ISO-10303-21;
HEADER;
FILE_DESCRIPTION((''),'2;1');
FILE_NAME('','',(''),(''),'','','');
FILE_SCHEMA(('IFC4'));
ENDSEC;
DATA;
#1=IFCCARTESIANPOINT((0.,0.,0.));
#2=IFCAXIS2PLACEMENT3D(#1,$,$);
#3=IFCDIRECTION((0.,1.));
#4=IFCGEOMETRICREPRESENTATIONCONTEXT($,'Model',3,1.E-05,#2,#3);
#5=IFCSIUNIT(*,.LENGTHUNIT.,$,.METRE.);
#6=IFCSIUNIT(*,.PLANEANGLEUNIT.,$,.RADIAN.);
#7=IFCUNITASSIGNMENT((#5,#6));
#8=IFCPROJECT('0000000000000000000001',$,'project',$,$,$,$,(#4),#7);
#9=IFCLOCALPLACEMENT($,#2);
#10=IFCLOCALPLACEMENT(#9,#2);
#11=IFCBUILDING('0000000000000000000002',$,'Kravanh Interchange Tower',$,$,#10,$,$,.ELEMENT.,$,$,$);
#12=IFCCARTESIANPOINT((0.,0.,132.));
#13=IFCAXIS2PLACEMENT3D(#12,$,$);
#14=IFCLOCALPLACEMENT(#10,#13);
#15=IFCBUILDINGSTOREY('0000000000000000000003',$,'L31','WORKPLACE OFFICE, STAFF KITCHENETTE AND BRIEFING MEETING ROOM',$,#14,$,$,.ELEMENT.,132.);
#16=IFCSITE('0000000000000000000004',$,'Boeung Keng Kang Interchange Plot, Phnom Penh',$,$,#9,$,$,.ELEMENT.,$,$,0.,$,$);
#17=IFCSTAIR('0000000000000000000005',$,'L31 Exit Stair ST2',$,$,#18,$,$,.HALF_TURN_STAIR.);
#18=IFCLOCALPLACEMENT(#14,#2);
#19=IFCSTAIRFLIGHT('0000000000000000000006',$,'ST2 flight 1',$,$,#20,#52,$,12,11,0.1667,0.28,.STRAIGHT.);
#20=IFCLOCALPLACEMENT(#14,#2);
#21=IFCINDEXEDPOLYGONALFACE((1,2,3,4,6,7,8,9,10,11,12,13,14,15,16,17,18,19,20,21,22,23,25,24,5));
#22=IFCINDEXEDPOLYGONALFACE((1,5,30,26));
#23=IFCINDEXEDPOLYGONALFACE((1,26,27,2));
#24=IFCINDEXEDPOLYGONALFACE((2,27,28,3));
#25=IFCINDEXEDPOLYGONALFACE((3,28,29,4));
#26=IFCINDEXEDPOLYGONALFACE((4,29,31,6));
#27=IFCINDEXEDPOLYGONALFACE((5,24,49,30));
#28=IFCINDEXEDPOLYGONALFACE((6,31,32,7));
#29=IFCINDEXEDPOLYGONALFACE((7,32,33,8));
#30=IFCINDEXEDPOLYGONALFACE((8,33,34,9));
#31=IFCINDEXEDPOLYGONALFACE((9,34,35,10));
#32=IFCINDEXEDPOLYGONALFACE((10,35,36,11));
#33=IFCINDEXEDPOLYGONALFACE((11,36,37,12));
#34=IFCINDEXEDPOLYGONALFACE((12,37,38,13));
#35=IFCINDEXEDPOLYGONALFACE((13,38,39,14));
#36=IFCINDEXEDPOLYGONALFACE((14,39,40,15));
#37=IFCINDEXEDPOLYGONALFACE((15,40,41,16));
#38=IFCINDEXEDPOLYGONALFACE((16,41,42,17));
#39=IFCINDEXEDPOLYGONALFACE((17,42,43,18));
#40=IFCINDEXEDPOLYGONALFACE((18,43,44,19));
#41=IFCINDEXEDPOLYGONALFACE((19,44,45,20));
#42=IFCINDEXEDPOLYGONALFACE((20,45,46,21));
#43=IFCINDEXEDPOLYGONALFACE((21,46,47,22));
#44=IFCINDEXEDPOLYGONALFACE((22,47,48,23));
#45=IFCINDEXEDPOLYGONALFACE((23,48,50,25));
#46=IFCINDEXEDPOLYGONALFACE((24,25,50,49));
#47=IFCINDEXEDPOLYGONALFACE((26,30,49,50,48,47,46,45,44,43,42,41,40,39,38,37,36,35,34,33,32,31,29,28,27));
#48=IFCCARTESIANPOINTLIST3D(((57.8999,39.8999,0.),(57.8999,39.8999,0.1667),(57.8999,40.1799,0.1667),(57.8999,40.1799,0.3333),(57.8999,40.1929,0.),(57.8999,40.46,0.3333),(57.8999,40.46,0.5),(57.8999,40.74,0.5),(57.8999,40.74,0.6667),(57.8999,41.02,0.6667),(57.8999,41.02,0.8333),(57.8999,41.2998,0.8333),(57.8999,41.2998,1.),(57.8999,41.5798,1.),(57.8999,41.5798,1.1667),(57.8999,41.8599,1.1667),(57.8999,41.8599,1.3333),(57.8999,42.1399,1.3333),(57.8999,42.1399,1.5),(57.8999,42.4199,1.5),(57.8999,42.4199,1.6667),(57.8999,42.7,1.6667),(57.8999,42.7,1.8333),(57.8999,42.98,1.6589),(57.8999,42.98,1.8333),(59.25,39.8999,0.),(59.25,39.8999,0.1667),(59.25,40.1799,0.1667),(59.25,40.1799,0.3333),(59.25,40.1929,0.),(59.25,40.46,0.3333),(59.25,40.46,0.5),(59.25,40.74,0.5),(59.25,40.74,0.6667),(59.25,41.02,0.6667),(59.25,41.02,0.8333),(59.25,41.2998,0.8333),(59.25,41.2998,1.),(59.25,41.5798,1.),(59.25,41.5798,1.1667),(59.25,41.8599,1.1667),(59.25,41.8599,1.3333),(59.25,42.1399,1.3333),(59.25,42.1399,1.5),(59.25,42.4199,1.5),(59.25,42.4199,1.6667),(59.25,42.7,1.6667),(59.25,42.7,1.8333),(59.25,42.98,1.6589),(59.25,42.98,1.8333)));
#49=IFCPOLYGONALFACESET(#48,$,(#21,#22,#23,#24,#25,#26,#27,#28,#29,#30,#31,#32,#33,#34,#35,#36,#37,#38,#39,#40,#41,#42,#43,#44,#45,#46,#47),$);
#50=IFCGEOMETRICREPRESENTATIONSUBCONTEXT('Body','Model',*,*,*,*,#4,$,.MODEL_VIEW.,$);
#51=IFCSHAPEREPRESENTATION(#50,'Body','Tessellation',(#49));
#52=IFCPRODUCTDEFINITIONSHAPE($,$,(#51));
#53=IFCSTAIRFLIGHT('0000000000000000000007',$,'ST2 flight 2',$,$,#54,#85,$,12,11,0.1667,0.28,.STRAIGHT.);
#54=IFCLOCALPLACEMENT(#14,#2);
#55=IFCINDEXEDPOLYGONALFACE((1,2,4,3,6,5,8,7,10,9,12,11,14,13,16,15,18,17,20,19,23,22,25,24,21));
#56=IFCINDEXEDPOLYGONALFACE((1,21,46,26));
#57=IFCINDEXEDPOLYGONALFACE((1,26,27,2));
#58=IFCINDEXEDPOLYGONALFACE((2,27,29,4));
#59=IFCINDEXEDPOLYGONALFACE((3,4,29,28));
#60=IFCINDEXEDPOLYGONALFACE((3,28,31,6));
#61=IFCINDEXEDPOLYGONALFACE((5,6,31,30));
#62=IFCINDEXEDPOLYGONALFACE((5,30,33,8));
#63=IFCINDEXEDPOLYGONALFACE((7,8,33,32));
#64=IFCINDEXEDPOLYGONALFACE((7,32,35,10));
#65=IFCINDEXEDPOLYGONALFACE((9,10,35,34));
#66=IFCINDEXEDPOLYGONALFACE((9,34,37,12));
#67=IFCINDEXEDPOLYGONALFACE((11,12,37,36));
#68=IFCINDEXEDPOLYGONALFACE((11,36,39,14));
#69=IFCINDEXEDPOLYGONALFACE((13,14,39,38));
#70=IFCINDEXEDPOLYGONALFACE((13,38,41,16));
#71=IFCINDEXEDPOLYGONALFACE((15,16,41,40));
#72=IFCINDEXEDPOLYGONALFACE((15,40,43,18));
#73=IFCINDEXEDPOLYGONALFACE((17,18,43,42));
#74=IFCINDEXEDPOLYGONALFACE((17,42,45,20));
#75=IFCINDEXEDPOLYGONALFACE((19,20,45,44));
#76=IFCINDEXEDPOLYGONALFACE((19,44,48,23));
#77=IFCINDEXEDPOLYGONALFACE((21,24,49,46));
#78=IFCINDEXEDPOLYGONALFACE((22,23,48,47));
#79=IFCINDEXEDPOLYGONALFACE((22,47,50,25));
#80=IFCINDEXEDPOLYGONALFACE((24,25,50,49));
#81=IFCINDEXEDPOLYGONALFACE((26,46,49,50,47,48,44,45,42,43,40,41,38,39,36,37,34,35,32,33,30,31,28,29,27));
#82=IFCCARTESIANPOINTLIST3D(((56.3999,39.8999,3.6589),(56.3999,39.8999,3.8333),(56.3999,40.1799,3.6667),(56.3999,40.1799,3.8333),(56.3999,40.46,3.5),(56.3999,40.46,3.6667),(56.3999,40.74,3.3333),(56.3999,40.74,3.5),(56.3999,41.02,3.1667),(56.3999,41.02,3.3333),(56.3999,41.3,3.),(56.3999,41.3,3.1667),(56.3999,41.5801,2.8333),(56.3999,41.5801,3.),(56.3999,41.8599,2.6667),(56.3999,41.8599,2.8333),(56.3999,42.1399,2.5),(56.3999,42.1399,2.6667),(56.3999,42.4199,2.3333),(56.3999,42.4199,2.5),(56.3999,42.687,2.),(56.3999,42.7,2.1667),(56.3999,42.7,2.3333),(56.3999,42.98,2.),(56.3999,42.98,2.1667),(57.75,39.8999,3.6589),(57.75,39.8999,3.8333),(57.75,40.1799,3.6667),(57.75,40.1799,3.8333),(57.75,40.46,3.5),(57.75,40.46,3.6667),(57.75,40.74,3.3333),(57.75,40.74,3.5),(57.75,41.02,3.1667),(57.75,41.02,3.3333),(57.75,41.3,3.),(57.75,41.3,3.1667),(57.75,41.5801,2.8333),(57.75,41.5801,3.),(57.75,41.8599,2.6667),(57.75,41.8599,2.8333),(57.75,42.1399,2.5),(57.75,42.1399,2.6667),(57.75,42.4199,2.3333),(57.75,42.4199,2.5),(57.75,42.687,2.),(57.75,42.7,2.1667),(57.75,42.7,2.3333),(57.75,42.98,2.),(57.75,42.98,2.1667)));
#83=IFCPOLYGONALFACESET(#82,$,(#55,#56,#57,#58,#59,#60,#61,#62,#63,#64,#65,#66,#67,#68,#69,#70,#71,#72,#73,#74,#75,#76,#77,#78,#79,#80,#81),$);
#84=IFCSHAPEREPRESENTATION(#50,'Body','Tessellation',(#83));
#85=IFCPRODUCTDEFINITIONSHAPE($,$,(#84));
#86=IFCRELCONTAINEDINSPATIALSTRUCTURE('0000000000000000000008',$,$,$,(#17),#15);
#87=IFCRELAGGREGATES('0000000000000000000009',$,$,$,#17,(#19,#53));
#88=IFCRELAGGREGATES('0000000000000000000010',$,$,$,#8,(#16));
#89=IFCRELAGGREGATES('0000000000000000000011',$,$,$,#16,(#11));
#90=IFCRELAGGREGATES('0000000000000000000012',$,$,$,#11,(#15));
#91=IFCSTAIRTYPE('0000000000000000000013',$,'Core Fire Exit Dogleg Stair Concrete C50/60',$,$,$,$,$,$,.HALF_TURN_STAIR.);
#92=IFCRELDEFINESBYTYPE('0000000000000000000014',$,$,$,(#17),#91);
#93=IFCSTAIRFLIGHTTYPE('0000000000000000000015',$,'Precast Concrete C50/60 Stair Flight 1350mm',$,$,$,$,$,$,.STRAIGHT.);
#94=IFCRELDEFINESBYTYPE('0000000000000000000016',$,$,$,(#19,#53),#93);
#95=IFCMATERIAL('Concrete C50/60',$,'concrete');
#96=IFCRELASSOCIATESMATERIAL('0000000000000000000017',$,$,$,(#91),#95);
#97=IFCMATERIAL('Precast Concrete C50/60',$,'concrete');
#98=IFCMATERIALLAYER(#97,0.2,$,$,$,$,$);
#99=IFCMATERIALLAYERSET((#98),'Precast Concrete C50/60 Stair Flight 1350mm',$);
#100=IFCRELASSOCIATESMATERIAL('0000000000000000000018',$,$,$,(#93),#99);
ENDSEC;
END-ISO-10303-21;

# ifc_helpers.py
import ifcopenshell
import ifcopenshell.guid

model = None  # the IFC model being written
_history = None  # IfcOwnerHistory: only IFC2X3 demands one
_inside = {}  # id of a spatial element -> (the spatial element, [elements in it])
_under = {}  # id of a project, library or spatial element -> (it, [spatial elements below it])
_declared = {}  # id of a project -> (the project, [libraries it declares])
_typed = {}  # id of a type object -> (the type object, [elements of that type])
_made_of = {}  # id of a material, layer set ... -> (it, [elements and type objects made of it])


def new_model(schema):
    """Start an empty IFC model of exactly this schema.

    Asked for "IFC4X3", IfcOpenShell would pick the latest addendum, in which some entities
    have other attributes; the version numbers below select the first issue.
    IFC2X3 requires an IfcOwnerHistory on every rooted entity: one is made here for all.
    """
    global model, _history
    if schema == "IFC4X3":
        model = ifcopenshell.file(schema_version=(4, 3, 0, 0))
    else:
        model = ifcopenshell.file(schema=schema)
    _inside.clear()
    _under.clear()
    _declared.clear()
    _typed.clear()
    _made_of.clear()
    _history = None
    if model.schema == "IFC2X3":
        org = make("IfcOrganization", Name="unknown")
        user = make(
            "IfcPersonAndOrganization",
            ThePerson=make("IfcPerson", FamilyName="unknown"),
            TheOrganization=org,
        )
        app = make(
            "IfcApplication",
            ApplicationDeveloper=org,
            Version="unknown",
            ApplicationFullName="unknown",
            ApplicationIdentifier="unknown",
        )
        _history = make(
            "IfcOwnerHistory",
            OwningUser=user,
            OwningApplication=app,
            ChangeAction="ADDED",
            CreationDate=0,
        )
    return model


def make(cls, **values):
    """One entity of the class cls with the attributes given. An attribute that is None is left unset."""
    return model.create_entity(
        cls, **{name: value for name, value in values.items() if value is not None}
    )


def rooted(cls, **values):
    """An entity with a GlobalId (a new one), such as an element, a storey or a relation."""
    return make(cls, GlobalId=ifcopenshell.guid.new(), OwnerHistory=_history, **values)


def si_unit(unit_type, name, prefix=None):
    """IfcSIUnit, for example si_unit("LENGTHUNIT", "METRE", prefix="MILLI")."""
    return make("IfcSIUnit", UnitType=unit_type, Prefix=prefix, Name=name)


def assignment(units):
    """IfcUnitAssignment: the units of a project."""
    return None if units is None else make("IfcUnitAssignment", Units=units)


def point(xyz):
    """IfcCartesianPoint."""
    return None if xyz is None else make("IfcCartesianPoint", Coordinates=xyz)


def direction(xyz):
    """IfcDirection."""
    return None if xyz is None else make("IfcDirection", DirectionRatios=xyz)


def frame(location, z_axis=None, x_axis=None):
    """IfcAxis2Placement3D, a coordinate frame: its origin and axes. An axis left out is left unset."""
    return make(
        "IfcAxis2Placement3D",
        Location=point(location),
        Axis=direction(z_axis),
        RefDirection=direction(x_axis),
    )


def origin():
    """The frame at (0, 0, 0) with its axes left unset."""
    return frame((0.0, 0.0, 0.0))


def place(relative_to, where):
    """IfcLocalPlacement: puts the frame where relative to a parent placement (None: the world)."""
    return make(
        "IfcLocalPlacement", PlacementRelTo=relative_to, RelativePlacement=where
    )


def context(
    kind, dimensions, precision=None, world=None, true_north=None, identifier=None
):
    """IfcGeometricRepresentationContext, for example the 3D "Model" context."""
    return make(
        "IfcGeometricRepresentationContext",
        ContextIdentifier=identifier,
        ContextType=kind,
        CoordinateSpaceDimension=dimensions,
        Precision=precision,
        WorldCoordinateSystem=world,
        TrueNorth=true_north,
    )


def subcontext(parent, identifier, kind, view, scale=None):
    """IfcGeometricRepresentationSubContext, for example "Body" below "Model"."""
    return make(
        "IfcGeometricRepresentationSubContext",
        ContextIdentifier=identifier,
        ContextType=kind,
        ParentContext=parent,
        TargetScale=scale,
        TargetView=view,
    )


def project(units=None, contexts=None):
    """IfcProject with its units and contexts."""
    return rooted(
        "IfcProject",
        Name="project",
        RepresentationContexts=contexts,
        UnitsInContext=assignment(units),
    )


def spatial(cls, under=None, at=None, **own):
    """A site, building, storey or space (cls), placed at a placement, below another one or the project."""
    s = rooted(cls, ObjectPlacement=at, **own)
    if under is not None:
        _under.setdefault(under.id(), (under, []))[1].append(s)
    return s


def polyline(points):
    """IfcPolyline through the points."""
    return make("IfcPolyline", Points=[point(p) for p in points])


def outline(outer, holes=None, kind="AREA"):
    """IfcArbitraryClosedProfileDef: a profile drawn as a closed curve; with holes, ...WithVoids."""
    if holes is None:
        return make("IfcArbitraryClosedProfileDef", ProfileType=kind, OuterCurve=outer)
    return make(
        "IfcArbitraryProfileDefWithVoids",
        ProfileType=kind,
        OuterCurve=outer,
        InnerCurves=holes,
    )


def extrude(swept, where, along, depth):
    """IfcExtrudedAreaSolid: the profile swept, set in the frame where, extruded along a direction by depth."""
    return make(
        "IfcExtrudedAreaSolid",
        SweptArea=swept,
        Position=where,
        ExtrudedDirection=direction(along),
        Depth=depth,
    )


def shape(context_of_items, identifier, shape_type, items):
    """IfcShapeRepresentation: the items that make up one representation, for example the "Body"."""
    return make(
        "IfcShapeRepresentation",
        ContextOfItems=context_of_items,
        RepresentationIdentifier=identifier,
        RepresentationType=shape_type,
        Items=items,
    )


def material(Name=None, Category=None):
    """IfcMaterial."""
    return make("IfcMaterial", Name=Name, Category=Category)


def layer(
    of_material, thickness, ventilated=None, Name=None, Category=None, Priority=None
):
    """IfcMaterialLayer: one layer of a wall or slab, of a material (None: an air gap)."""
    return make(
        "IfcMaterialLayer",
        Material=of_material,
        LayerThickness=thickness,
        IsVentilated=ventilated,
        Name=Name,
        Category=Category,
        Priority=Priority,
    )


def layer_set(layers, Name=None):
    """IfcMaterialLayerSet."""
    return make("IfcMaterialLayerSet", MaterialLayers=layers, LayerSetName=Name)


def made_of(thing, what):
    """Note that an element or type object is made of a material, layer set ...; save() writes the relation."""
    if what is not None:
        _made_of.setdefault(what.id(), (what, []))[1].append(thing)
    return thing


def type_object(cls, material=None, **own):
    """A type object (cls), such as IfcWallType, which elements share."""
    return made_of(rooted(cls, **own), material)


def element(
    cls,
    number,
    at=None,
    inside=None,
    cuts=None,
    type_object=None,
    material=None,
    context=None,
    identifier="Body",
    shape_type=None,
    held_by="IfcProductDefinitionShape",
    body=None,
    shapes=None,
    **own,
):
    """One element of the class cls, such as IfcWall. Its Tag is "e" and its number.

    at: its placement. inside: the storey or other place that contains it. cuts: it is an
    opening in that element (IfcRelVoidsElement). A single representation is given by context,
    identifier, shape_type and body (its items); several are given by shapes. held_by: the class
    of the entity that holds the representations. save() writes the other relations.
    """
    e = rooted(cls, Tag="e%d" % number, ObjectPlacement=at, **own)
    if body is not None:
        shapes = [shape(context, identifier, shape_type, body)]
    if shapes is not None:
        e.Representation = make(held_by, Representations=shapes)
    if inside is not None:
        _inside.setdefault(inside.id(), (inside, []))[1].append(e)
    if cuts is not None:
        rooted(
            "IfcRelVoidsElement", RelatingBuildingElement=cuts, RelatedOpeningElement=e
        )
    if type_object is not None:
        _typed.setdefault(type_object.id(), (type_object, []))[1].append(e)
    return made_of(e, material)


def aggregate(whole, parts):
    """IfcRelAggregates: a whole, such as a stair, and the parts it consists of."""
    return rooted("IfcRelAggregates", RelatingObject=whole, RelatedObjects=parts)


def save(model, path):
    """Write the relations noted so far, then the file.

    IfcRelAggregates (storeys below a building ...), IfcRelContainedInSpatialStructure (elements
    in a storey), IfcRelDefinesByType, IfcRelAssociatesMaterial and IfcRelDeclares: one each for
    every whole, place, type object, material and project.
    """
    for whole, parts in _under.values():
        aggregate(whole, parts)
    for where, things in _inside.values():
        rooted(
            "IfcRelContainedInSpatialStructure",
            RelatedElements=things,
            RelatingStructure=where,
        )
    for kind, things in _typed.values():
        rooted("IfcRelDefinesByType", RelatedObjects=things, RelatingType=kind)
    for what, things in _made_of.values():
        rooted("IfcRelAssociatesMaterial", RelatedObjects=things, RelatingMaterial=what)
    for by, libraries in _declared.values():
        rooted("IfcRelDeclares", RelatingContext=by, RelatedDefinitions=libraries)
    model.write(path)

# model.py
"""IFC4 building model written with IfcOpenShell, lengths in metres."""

from ifc_helpers import new_model, si_unit, direction, frame, origin, place, context, subcontext, project, spatial, polyline, outline, extrude, material, layer, layer_set, type_object, element, aggregate, save


model = new_model("IFC4")

# Units and contexts
model_context = context("Model", 3, precision=1e-05, world=origin(), true_north=direction((0.0, 1.0)))
body_context = subcontext(model_context, "Body", "Model", "MODEL_VIEW")
ifc_project = project(units=[si_unit("LENGTHUNIT", "METRE"), si_unit("PLANEANGLEUNIT", "RADIAN")], contexts=[model_context])

# Site, building, storey
site_placement = place(None, origin())
site = spatial("IfcSite", under=ifc_project, at=site_placement, Name="Boeung Keng Kang Interchange Plot, Phnom Penh", CompositionType="ELEMENT", RefElevation=0.0)
building_placement = place(site_placement, origin())
building = spatial("IfcBuilding", under=site, at=building_placement, Name="Kravanh Interchange Tower", CompositionType="ELEMENT")
storey_placement = place(building_placement, frame((0.0, 0.0, 132.0)))
storey = spatial("IfcBuildingStorey", under=building, at=storey_placement, Name="L31", Description="WORKPLACE OFFICE, STAFF KITCHENETTE AND BRIEFING MEETING ROOM", CompositionType="ELEMENT", Elevation=132.0)

# Stair, stair flights
ifc_material_1 = material(Name="Concrete C50/60", Category="concrete")
stair_type = type_object("IfcStairType", Name="Core Fire Exit Dogleg Stair Concrete C50/60", PredefinedType="HALF_TURN_STAIR", material=ifc_material_1)
ifc_material_2 = material(Name="Precast Concrete C50/60", Category="concrete")
ifc_layer_1 = layer(ifc_material_2, 0.2)
ifc_layer_set_1 = layer_set([ifc_layer_1], Name="Precast Concrete C50/60 Stair Flight 1350mm")
stair_flight_type = type_object("IfcStairFlightType", Name="Precast Concrete C50/60 Stair Flight 1350mm", PredefinedType="STRAIGHT", material=ifc_layer_set_1)
stair_1_placement = place(storey_placement, origin())
stair_1 = element("IfcStair", 1, at=stair_1_placement, inside=storey, type_object=stair_type, Name="L31 Exit Stair ST2", PredefinedType="HALF_TURN_STAIR")
stair_flight_1_placement = place(storey_placement, frame((58.575, 39.8999, 0.0), z_axis=(0.0, 0.0, 1.0), x_axis=(0.0, 1.0, 0.0)))
stair_flight_1 = element("IfcStairFlight", 2, at=stair_flight_1_placement, type_object=stair_flight_type, Name="ST2 flight 1", NumberOfRisers=12, NumberOfTreads=11, PredefinedType="STRAIGHT", RiserHeight=0.1667, TreadLength=0.28, context=body_context, shape_type="SweptSolid", body=[
    extrude(outline(polyline([(0.0, 0.0), (0.0, 0.1667), (0.28, 0.1667), (0.28, 0.3333), (0.5601, 0.3333), (0.5601, 0.5), (0.8401, 0.5), (0.8401, 0.6667), (1.1201, 0.6667), (1.1201, 0.8333), (1.3999, 0.8333), (1.3999, 1.0), (1.6799, 1.0), (1.6799, 1.1667), (1.96, 1.1667), (1.96, 1.3333), (2.24, 1.3333), (2.24, 1.5), (2.52, 1.5), (2.52, 1.6667), (2.8, 1.6667), (2.8, 1.8333), (3.0801, 1.8333), (3.0801, 2.0), (3.0801, 1.6589), (0.293, 0.0), (0.0, 0.0)])), frame((0.0, 0.675, 0.0), z_axis=(0.0, -1.0, 0.0), x_axis=(1.0, 0.0, 0.0)), (0.0, 0.0, 1.0), 1.3501),
])
stair_flight_2_placement = place(storey_placement, frame((57.075, 42.98, 2.0), z_axis=(0.0, 0.0, 1.0), x_axis=(0.0, -1.0, 0.0)))
stair_flight_2 = element("IfcStairFlight", 3, at=stair_flight_2_placement, type_object=stair_flight_type, Name="ST2 flight 2", NumberOfRisers=12, NumberOfTreads=11, PredefinedType="STRAIGHT", RiserHeight=0.1667, TreadLength=0.28, context=body_context, shape_type="SweptSolid", body=[
    extrude(outline(polyline([(0.0, 0.0), (0.0, 0.1667), (0.28, 0.1667), (0.28, 0.3333), (0.5601, 0.3333), (0.5601, 0.5), (0.8401, 0.5), (0.8401, 0.6667), (1.1201, 0.6667), (1.1201, 0.8333), (1.3999, 0.8333), (1.3999, 1.0), (1.6799, 1.0), (1.6799, 1.1667), (1.96, 1.1667), (1.96, 1.3333), (2.24, 1.3333), (2.24, 1.5), (2.52, 1.5), (2.52, 1.6667), (2.8, 1.6667), (2.8, 1.8333), (3.0801, 1.8333), (3.0801, 2.0), (3.0801, 1.6589), (0.293, 0.0), (0.0, 0.0)])), frame((0.0, 0.675, 0.0), z_axis=(0.0, -1.0, 0.0), x_axis=(1.0, 0.0, 0.0)), (0.0, 0.0, 1.0), 1.3501),
])
aggregate(stair_1, [stair_flight_1, stair_flight_2])

save(model, "model.ifc")
